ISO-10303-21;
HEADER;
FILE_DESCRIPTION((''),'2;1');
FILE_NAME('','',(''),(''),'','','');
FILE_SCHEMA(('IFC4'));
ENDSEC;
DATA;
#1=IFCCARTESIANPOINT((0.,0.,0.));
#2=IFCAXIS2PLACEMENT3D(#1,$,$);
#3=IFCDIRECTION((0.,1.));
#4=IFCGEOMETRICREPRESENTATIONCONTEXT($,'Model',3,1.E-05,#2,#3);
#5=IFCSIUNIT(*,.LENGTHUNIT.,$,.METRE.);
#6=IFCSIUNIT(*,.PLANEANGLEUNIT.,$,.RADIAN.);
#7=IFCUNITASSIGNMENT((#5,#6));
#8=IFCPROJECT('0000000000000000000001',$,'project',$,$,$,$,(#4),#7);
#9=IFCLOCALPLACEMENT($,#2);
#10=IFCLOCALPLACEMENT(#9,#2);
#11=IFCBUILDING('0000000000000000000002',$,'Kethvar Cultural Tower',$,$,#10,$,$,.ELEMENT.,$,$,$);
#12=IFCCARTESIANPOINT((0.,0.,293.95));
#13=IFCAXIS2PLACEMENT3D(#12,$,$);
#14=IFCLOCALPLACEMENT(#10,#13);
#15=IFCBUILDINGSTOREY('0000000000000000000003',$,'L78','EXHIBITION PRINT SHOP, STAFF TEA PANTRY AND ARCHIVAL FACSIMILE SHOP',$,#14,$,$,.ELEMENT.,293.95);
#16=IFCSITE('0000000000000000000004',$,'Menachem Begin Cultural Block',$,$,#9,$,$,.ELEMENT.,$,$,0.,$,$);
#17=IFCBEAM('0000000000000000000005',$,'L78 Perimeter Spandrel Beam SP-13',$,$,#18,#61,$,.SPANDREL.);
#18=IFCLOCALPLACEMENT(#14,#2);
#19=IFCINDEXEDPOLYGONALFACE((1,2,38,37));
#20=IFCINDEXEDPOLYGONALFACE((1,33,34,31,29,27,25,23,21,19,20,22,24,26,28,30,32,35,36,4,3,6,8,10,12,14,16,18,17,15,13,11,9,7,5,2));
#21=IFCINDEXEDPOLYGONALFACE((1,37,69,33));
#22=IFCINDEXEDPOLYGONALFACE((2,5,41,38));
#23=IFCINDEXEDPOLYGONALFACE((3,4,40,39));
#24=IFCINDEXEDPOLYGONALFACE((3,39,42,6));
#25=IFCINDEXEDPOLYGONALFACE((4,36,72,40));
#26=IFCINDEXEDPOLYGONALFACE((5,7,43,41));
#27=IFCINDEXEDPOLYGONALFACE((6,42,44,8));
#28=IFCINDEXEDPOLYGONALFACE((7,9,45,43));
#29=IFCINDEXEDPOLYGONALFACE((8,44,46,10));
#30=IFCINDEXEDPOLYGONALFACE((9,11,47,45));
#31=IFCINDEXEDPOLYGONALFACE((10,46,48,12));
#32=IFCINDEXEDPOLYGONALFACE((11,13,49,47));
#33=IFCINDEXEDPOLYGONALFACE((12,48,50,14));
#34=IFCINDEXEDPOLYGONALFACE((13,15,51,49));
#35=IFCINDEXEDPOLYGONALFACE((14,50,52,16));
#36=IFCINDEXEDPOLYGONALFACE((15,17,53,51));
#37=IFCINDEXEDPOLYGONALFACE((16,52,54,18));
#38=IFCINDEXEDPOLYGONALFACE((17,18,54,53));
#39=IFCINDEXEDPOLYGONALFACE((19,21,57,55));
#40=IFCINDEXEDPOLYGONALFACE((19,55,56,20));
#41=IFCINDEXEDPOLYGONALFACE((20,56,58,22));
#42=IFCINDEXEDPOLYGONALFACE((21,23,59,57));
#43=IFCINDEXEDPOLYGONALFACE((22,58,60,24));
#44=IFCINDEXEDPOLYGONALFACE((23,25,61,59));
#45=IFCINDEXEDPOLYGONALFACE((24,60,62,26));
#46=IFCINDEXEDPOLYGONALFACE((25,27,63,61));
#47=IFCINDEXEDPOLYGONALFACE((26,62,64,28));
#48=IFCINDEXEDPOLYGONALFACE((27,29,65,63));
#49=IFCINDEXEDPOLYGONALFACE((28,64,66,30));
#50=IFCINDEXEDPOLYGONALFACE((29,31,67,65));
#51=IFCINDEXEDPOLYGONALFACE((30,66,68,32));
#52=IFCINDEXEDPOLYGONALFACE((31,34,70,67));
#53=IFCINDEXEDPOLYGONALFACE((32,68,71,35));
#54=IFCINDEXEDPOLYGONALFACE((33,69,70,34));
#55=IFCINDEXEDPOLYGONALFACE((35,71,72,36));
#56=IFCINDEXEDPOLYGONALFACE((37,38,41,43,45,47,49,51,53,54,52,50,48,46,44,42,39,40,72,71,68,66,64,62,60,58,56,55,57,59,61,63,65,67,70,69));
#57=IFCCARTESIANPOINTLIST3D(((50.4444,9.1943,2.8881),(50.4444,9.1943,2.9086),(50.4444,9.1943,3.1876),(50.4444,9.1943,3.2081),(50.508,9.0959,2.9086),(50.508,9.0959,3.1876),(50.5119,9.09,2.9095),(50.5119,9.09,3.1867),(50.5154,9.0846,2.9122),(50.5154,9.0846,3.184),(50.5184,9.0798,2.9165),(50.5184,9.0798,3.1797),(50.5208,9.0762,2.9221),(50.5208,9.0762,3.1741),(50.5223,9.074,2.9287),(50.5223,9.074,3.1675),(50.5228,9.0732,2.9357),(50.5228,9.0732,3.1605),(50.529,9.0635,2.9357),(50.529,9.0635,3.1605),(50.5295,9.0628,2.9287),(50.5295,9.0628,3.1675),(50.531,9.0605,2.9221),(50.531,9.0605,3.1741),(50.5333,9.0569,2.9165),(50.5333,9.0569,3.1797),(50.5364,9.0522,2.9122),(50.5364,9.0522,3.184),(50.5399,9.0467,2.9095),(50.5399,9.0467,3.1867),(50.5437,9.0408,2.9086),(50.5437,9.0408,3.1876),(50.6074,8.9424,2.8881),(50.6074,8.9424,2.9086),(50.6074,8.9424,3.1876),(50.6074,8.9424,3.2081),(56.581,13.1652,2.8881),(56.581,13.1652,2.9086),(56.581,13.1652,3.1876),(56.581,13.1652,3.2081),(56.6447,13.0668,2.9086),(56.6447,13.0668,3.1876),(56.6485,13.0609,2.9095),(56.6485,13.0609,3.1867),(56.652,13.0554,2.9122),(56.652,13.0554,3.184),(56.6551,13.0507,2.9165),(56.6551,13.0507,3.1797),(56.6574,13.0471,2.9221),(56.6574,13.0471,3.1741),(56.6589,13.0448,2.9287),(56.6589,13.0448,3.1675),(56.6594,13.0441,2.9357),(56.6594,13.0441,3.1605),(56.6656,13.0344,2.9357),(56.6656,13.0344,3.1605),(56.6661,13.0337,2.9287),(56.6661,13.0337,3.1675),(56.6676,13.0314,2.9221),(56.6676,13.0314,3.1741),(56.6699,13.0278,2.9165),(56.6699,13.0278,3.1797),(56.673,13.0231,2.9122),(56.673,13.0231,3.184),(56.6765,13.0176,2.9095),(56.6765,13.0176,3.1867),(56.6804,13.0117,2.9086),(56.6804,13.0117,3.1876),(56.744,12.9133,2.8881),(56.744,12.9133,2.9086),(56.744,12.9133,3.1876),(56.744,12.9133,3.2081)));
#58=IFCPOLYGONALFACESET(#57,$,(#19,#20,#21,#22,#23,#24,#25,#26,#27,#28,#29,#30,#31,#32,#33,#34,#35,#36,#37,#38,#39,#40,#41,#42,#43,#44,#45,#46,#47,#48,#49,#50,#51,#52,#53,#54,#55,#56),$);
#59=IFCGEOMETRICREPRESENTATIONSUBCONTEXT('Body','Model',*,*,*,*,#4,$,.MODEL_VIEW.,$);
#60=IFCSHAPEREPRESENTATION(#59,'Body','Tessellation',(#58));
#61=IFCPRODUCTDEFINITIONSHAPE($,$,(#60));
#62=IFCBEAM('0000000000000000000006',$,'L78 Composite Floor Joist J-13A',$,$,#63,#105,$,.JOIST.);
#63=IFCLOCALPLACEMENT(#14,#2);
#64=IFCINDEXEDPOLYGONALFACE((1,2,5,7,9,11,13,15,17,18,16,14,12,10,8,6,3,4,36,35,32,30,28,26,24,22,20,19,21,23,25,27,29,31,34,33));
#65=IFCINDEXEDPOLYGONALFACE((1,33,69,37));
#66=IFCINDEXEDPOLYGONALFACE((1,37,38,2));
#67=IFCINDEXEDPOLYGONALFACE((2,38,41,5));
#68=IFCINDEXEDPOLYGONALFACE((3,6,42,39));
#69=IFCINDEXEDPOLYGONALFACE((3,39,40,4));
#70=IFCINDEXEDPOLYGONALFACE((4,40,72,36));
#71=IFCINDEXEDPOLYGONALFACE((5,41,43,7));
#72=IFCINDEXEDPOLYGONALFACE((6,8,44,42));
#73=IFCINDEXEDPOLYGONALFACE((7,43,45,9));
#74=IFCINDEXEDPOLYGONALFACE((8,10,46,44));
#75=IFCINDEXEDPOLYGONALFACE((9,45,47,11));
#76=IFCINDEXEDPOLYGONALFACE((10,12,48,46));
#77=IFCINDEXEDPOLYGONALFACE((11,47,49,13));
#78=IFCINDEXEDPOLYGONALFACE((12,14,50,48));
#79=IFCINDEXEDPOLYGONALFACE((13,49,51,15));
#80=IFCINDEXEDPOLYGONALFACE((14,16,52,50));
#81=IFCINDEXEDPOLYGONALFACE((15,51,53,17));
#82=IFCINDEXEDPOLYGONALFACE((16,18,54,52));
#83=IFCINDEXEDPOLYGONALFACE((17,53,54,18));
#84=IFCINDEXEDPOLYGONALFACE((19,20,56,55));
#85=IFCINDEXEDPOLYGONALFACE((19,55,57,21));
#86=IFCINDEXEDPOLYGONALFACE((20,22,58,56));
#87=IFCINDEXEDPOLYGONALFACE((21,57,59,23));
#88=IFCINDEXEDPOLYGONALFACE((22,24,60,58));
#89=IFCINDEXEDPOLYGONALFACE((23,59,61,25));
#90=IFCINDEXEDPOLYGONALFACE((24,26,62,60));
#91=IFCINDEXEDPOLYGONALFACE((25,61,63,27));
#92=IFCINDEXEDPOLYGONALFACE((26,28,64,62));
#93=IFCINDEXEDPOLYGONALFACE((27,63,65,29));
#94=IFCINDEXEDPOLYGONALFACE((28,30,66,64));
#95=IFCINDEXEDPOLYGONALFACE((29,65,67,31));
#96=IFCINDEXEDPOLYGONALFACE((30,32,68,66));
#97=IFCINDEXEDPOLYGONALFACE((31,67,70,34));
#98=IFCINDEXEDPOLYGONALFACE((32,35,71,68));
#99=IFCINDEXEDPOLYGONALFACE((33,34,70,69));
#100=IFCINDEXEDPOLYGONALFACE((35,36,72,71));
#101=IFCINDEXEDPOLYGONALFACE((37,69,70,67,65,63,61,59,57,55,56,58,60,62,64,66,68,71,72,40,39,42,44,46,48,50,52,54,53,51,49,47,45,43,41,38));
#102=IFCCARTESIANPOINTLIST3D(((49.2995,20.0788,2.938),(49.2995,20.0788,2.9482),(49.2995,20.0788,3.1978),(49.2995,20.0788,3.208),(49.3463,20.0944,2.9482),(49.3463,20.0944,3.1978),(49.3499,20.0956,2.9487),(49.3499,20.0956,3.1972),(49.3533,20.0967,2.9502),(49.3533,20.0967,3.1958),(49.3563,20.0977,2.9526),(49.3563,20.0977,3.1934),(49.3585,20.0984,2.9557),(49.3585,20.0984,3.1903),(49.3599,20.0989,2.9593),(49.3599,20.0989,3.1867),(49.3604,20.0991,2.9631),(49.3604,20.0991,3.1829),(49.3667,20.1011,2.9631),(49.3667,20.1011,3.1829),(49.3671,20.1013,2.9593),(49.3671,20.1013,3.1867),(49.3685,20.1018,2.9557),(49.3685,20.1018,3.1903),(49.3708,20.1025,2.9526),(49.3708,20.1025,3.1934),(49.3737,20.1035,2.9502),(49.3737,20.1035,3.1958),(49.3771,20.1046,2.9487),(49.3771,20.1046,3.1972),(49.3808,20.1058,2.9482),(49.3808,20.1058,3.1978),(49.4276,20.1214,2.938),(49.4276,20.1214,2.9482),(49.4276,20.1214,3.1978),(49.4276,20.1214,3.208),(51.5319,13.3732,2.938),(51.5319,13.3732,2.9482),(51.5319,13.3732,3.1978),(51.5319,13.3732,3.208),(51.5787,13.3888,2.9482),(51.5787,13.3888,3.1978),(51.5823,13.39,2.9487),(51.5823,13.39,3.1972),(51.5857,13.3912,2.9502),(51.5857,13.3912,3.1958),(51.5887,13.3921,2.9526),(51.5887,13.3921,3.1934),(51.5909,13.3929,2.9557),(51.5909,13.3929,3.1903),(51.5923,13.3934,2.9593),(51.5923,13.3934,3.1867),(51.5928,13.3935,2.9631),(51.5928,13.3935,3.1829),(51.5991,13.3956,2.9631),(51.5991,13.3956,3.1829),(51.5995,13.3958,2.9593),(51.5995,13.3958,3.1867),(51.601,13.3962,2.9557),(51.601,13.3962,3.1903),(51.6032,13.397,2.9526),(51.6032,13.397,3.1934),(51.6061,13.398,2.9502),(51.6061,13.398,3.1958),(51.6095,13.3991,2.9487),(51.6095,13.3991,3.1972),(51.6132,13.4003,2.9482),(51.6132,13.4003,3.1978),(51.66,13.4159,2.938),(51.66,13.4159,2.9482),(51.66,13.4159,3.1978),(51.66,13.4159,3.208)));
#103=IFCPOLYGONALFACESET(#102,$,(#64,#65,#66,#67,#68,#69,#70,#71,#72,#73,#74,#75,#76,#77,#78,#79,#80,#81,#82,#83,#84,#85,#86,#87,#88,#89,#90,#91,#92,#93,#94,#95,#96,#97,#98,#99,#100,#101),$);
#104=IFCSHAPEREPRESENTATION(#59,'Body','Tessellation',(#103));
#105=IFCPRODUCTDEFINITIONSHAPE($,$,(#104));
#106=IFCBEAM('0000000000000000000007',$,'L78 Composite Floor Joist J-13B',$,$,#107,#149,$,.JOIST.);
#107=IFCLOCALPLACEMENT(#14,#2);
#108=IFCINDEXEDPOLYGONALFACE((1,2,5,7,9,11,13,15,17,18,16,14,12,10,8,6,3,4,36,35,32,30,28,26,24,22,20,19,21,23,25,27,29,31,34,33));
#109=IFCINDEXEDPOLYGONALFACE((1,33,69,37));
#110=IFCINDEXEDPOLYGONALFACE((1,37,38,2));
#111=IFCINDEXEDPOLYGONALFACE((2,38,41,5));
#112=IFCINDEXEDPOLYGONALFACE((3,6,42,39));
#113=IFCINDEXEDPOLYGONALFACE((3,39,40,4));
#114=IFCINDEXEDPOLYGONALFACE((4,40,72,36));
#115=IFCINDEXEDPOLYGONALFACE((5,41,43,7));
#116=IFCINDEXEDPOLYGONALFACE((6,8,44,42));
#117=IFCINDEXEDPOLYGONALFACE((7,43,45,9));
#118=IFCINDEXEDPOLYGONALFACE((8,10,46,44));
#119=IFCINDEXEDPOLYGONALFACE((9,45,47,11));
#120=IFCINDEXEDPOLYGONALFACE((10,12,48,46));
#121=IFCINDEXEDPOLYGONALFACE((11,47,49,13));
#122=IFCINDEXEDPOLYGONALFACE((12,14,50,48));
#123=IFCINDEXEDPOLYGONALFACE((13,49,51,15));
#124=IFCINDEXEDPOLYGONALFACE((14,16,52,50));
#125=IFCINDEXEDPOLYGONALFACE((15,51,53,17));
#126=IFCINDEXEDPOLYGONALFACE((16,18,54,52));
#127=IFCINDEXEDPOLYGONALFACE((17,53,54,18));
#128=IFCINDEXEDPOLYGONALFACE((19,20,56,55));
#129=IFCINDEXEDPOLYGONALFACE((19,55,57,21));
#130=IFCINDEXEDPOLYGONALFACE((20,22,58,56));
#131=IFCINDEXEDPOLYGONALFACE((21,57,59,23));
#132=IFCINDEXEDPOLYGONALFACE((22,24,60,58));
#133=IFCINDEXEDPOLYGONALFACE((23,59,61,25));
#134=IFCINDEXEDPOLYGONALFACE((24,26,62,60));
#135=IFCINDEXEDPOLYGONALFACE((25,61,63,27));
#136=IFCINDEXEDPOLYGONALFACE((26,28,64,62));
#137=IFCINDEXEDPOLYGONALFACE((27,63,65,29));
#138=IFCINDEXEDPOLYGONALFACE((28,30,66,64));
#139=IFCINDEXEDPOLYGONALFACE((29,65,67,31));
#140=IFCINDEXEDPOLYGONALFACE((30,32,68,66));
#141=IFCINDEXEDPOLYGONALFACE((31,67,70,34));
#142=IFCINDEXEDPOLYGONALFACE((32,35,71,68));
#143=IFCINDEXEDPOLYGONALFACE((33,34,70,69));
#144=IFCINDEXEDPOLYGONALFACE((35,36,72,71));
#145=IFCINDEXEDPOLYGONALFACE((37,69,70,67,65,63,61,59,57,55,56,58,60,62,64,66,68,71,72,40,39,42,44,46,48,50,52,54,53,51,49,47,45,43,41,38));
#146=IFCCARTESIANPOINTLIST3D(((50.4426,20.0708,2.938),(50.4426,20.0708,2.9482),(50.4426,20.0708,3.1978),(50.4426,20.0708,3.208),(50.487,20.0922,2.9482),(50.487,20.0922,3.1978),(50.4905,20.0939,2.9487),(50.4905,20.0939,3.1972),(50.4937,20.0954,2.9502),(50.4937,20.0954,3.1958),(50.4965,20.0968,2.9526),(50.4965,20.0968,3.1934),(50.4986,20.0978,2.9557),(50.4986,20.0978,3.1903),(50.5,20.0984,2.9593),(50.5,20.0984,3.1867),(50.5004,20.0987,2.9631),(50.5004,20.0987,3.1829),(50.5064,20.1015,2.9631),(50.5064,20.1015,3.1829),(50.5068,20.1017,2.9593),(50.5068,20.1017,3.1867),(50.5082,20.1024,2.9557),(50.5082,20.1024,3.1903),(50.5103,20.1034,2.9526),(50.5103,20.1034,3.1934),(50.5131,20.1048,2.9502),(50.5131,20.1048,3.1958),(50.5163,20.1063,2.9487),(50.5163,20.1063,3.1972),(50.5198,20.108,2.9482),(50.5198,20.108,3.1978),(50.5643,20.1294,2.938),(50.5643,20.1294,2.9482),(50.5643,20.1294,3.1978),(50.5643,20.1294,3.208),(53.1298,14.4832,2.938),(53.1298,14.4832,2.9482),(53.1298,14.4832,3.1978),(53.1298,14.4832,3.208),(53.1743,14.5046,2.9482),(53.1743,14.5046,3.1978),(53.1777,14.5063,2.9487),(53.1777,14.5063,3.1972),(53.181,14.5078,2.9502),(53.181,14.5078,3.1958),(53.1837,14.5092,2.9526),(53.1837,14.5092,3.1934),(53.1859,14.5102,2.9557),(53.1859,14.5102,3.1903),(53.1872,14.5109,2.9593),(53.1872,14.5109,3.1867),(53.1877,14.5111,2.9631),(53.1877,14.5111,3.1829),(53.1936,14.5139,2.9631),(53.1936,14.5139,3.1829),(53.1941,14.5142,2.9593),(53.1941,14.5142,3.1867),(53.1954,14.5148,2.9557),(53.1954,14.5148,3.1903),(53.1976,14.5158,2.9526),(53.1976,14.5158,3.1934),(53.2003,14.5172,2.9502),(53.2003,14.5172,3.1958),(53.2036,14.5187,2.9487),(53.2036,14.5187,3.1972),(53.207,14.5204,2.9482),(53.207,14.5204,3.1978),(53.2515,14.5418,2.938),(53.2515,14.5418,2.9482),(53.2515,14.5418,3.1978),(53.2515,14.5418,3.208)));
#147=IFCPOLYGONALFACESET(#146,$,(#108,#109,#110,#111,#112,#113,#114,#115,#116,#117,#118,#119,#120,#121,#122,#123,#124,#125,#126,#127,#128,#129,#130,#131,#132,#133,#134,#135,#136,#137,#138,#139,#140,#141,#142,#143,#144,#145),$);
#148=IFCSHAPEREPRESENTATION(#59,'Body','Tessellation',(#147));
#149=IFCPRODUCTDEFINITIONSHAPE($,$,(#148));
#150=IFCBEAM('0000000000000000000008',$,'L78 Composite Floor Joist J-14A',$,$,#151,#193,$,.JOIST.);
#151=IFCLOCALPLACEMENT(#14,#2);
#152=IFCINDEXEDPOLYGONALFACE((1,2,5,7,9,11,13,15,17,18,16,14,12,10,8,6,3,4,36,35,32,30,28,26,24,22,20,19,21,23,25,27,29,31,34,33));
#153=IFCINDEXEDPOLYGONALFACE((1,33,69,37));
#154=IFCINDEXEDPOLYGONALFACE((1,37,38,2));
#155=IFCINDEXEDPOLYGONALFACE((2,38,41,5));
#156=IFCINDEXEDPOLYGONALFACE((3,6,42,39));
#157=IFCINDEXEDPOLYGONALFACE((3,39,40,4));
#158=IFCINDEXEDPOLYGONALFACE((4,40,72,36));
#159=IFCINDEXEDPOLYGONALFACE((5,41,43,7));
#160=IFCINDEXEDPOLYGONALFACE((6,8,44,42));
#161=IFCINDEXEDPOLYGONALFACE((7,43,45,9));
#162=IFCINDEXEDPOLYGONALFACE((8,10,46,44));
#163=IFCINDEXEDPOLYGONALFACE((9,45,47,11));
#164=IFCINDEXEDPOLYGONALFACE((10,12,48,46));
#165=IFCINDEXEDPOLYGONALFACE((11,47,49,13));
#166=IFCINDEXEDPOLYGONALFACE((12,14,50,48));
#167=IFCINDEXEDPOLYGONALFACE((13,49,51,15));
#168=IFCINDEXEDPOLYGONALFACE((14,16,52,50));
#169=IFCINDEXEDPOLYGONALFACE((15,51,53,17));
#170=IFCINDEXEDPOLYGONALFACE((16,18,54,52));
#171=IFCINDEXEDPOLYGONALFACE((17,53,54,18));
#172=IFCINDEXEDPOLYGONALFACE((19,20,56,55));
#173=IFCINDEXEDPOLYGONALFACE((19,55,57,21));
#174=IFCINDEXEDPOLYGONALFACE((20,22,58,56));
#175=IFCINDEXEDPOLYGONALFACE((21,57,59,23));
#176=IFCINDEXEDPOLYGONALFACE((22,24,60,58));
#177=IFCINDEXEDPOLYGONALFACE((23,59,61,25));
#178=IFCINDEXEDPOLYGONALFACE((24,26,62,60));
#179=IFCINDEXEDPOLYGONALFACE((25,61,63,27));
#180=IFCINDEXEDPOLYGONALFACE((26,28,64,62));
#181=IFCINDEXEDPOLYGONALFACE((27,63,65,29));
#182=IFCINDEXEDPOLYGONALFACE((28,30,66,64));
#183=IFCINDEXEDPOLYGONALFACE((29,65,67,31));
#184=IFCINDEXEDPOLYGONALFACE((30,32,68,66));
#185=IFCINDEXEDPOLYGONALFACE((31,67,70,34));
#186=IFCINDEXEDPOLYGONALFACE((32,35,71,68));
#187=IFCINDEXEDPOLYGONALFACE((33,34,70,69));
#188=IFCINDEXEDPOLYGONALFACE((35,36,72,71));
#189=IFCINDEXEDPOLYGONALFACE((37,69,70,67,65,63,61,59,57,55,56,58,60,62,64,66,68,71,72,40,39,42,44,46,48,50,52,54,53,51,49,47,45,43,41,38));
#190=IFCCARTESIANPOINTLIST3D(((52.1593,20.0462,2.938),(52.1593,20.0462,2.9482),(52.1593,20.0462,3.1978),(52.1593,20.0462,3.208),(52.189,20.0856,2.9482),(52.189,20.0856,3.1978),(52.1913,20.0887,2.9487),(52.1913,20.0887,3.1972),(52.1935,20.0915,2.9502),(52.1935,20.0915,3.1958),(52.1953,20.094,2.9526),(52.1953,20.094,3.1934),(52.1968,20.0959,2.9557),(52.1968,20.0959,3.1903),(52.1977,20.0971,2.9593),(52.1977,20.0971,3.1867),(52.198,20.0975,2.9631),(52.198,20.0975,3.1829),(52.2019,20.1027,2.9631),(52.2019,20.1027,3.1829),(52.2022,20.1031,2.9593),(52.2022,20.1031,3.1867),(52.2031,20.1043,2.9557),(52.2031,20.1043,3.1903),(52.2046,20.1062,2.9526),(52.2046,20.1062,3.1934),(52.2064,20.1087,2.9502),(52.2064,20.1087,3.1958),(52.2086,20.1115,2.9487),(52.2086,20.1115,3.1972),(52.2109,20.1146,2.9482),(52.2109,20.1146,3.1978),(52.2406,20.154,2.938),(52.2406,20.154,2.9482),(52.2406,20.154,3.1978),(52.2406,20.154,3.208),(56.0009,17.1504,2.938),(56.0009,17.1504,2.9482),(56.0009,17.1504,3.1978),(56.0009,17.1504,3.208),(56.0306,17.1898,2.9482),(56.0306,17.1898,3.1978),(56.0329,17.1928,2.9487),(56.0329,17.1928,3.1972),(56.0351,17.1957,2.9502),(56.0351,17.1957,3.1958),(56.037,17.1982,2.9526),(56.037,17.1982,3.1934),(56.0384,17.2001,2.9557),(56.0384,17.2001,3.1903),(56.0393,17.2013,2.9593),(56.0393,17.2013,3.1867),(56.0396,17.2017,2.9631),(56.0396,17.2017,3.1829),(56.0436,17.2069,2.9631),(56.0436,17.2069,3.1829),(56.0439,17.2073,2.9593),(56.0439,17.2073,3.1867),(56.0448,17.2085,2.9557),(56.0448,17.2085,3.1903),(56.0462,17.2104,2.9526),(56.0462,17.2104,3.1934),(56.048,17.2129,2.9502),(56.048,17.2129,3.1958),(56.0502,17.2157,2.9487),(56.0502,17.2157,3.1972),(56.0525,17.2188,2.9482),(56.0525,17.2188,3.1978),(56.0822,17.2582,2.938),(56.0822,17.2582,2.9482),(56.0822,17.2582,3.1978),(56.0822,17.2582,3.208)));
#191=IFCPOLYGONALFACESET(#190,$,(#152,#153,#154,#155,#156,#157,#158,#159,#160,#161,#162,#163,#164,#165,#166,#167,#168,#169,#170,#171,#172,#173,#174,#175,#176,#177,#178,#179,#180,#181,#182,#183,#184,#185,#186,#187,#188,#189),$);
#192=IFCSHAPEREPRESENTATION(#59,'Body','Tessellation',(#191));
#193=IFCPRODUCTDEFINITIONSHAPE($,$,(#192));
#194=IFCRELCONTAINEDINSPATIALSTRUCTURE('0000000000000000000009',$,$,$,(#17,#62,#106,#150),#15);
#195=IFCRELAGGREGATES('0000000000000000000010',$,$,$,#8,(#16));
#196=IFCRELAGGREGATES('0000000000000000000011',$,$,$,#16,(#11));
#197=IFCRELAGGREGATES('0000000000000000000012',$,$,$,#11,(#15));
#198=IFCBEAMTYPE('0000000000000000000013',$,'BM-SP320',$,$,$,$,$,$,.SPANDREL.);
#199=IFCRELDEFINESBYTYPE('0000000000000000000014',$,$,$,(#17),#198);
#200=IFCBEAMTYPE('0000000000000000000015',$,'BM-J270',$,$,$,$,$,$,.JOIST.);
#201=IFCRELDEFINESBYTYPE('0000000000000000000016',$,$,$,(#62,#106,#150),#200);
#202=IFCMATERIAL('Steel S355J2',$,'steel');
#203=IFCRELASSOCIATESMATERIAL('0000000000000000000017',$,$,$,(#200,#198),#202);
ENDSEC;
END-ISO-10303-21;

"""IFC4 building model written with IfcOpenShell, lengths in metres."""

from ifc_helpers import new_model, si_unit, direction, frame, origin, origin_2d, place, context, subcontext, project, spatial, i_section, extrude, source, transform, mapped, material, material_profile, profile_set, type_object, element, save


model = new_model("IFC4")

# Units and contexts
model_context = context("Model", 3, precision=1e-05, world=origin(), true_north=direction((0.0, 1.0)))
body_context = subcontext(model_context, "Body", "Model", "MODEL_VIEW")
ifc_project = project(units=[si_unit("LENGTHUNIT", "METRE"), si_unit("PLANEANGLEUNIT", "RADIAN")], contexts=[model_context])

# Site, building, storey
site_placement = place(None, origin())
site = spatial("IfcSite", under=ifc_project, at=site_placement, Name="Menachem Begin Cultural Block", CompositionType="ELEMENT", RefElevation=0.0)
building_placement = place(site_placement, origin())
building = spatial("IfcBuilding", under=site, at=building_placement, Name="Kethvar Cultural Tower", CompositionType="ELEMENT")
storey_placement = place(building_placement, frame((0.0, 0.0, 293.95)))
storey = spatial("IfcBuildingStorey", under=building, at=storey_placement, Name="L78", Description="EXHIBITION PRINT SHOP, STAFF TEA PANTRY AND ARCHIVAL FACSIMILE SHOP", CompositionType="ELEMENT", Elevation=293.95)

# Shared definitions
ifc_material_1 = material(Name="Steel S355J2", Category="steel")

# Beams
ifc_material_profile_1 = material_profile(ifc_material_1, i_section(OverallWidth=0.135, OverallDepth=0.27, WebThickness=0.0066, FlangeThickness=0.0103, FilletRadius=0.0149, at=origin_2d()), Name="Steel S355J2 — IPE270")
ifc_profile_set_1 = profile_set([ifc_material_profile_1], Name="Steel S355J2 — IPE270")
beam_type_1 = type_object("IfcBeamType", Name="BM-J270", PredefinedType="JOIST", material=ifc_profile_set_1)
ifc_material_profile_2 = material_profile(ifc_material_1, i_section(OverallWidth=0.3, OverallDepth=0.3201, WebThickness=0.0115, FlangeThickness=0.0205, FilletRadius=0.0271, at=origin_2d()), Name="Steel S355J2 — HEB320")
ifc_profile_set_2 = profile_set([ifc_material_profile_2], Name="Steel S355J2 — HEB320")
beam_type_2 = type_object("IfcBeamType", Name="BM-SP320", PredefinedType="SPANDREL", material=ifc_profile_set_2)
shared_shape_1 = source(origin(), body_context, "Body", "SweptSolid", [
    extrude(i_section(OverallWidth=0.3, OverallDepth=0.3201, WebThickness=0.0115, FlangeThickness=0.0205, FilletRadius=0.0271, at=origin_2d()), origin(), (0.0, 0.0, 1.0), 7.3093),
])
beam_1_placement = place(storey_placement, frame((50.5259, 9.0684, 3.0481), z_axis=(0.839562, 0.543264, 0.0), x_axis=(-0.543264, 0.839562, 0.0)))
element("IfcBeam", 1, at=beam_1_placement, inside=storey, type_object=beam_type_2, Name="L78 Perimeter Spandrel Beam SP-13", PredefinedType="SPANDREL", context=body_context, shape_type="MappedRepresentation", body=[
    mapped(shared_shape_1, transform((0.0, 0.0, 0.0), scale=1.0)),
])
shared_shape_2 = source(origin(), body_context, "Body", "SweptSolid", [
    extrude(i_section(OverallWidth=0.135, OverallDepth=0.27, WebThickness=0.0066, FlangeThickness=0.0103, FilletRadius=0.0149, at=origin_2d()), origin(), (0.0, 0.0, 1.0), 7.0674),
])
beam_2_placement = place(storey_placement, frame((49.3635, 20.1001, 3.073), z_axis=(0.315875, -0.948801, 0.0), x_axis=(0.948801, 0.315875, 0.0)))
element("IfcBeam", 2, at=beam_2_placement, inside=storey, type_object=beam_type_1, Name="L78 Composite Floor Joist J-13A", PredefinedType="JOIST", context=body_context, shape_type="MappedRepresentation", body=[
    mapped(shared_shape_2, transform((0.0, 0.0, 0.0), scale=1.0)),
])
shared_shape_3 = source(origin(), body_context, "Body", "SweptSolid", [
    extrude(i_section(OverallWidth=0.135, OverallDepth=0.27, WebThickness=0.0066, FlangeThickness=0.0103, FilletRadius=0.0149, at=origin_2d()), origin(), (0.0, 0.0, 1.0), 6.2002),
])
beam_3_placement = place(storey_placement, frame((50.5034, 20.1001, 3.073), z_axis=(0.433411, -0.901197, 0.0), x_axis=(0.901197, 0.433411, 0.0)))
element("IfcBeam", 3, at=beam_3_placement, inside=storey, type_object=beam_type_1, Name="L78 Composite Floor Joist J-13B", PredefinedType="JOIST", context=body_context, shape_type="MappedRepresentation", body=[
    mapped(shared_shape_3, transform((0.0, 0.0, 0.0), scale=1.0)),
])
shared_shape_4 = source(origin(), body_context, "Body", "SweptSolid", [
    extrude(i_section(OverallWidth=0.135, OverallDepth=0.27, WebThickness=0.0066, FlangeThickness=0.0103, FilletRadius=0.0149, at=origin_2d()), origin(), (0.0, 0.0, 1.0), 4.8108),
])
beam_4_placement = place(storey_placement, frame((52.2, 20.1001, 3.073), z_axis=(0.798542, -0.601939, 0.0), x_axis=(0.601939, 0.798542, 0.0)))
element("IfcBeam", 4, at=beam_4_placement, inside=storey, type_object=beam_type_1, Name="L78 Composite Floor Joist J-14A", PredefinedType="JOIST", context=body_context, shape_type="MappedRepresentation", body=[
    mapped(shared_shape_4, transform((0.0, 0.0, 0.0), scale=1.0)),
])

save(model, "model.ifc")
